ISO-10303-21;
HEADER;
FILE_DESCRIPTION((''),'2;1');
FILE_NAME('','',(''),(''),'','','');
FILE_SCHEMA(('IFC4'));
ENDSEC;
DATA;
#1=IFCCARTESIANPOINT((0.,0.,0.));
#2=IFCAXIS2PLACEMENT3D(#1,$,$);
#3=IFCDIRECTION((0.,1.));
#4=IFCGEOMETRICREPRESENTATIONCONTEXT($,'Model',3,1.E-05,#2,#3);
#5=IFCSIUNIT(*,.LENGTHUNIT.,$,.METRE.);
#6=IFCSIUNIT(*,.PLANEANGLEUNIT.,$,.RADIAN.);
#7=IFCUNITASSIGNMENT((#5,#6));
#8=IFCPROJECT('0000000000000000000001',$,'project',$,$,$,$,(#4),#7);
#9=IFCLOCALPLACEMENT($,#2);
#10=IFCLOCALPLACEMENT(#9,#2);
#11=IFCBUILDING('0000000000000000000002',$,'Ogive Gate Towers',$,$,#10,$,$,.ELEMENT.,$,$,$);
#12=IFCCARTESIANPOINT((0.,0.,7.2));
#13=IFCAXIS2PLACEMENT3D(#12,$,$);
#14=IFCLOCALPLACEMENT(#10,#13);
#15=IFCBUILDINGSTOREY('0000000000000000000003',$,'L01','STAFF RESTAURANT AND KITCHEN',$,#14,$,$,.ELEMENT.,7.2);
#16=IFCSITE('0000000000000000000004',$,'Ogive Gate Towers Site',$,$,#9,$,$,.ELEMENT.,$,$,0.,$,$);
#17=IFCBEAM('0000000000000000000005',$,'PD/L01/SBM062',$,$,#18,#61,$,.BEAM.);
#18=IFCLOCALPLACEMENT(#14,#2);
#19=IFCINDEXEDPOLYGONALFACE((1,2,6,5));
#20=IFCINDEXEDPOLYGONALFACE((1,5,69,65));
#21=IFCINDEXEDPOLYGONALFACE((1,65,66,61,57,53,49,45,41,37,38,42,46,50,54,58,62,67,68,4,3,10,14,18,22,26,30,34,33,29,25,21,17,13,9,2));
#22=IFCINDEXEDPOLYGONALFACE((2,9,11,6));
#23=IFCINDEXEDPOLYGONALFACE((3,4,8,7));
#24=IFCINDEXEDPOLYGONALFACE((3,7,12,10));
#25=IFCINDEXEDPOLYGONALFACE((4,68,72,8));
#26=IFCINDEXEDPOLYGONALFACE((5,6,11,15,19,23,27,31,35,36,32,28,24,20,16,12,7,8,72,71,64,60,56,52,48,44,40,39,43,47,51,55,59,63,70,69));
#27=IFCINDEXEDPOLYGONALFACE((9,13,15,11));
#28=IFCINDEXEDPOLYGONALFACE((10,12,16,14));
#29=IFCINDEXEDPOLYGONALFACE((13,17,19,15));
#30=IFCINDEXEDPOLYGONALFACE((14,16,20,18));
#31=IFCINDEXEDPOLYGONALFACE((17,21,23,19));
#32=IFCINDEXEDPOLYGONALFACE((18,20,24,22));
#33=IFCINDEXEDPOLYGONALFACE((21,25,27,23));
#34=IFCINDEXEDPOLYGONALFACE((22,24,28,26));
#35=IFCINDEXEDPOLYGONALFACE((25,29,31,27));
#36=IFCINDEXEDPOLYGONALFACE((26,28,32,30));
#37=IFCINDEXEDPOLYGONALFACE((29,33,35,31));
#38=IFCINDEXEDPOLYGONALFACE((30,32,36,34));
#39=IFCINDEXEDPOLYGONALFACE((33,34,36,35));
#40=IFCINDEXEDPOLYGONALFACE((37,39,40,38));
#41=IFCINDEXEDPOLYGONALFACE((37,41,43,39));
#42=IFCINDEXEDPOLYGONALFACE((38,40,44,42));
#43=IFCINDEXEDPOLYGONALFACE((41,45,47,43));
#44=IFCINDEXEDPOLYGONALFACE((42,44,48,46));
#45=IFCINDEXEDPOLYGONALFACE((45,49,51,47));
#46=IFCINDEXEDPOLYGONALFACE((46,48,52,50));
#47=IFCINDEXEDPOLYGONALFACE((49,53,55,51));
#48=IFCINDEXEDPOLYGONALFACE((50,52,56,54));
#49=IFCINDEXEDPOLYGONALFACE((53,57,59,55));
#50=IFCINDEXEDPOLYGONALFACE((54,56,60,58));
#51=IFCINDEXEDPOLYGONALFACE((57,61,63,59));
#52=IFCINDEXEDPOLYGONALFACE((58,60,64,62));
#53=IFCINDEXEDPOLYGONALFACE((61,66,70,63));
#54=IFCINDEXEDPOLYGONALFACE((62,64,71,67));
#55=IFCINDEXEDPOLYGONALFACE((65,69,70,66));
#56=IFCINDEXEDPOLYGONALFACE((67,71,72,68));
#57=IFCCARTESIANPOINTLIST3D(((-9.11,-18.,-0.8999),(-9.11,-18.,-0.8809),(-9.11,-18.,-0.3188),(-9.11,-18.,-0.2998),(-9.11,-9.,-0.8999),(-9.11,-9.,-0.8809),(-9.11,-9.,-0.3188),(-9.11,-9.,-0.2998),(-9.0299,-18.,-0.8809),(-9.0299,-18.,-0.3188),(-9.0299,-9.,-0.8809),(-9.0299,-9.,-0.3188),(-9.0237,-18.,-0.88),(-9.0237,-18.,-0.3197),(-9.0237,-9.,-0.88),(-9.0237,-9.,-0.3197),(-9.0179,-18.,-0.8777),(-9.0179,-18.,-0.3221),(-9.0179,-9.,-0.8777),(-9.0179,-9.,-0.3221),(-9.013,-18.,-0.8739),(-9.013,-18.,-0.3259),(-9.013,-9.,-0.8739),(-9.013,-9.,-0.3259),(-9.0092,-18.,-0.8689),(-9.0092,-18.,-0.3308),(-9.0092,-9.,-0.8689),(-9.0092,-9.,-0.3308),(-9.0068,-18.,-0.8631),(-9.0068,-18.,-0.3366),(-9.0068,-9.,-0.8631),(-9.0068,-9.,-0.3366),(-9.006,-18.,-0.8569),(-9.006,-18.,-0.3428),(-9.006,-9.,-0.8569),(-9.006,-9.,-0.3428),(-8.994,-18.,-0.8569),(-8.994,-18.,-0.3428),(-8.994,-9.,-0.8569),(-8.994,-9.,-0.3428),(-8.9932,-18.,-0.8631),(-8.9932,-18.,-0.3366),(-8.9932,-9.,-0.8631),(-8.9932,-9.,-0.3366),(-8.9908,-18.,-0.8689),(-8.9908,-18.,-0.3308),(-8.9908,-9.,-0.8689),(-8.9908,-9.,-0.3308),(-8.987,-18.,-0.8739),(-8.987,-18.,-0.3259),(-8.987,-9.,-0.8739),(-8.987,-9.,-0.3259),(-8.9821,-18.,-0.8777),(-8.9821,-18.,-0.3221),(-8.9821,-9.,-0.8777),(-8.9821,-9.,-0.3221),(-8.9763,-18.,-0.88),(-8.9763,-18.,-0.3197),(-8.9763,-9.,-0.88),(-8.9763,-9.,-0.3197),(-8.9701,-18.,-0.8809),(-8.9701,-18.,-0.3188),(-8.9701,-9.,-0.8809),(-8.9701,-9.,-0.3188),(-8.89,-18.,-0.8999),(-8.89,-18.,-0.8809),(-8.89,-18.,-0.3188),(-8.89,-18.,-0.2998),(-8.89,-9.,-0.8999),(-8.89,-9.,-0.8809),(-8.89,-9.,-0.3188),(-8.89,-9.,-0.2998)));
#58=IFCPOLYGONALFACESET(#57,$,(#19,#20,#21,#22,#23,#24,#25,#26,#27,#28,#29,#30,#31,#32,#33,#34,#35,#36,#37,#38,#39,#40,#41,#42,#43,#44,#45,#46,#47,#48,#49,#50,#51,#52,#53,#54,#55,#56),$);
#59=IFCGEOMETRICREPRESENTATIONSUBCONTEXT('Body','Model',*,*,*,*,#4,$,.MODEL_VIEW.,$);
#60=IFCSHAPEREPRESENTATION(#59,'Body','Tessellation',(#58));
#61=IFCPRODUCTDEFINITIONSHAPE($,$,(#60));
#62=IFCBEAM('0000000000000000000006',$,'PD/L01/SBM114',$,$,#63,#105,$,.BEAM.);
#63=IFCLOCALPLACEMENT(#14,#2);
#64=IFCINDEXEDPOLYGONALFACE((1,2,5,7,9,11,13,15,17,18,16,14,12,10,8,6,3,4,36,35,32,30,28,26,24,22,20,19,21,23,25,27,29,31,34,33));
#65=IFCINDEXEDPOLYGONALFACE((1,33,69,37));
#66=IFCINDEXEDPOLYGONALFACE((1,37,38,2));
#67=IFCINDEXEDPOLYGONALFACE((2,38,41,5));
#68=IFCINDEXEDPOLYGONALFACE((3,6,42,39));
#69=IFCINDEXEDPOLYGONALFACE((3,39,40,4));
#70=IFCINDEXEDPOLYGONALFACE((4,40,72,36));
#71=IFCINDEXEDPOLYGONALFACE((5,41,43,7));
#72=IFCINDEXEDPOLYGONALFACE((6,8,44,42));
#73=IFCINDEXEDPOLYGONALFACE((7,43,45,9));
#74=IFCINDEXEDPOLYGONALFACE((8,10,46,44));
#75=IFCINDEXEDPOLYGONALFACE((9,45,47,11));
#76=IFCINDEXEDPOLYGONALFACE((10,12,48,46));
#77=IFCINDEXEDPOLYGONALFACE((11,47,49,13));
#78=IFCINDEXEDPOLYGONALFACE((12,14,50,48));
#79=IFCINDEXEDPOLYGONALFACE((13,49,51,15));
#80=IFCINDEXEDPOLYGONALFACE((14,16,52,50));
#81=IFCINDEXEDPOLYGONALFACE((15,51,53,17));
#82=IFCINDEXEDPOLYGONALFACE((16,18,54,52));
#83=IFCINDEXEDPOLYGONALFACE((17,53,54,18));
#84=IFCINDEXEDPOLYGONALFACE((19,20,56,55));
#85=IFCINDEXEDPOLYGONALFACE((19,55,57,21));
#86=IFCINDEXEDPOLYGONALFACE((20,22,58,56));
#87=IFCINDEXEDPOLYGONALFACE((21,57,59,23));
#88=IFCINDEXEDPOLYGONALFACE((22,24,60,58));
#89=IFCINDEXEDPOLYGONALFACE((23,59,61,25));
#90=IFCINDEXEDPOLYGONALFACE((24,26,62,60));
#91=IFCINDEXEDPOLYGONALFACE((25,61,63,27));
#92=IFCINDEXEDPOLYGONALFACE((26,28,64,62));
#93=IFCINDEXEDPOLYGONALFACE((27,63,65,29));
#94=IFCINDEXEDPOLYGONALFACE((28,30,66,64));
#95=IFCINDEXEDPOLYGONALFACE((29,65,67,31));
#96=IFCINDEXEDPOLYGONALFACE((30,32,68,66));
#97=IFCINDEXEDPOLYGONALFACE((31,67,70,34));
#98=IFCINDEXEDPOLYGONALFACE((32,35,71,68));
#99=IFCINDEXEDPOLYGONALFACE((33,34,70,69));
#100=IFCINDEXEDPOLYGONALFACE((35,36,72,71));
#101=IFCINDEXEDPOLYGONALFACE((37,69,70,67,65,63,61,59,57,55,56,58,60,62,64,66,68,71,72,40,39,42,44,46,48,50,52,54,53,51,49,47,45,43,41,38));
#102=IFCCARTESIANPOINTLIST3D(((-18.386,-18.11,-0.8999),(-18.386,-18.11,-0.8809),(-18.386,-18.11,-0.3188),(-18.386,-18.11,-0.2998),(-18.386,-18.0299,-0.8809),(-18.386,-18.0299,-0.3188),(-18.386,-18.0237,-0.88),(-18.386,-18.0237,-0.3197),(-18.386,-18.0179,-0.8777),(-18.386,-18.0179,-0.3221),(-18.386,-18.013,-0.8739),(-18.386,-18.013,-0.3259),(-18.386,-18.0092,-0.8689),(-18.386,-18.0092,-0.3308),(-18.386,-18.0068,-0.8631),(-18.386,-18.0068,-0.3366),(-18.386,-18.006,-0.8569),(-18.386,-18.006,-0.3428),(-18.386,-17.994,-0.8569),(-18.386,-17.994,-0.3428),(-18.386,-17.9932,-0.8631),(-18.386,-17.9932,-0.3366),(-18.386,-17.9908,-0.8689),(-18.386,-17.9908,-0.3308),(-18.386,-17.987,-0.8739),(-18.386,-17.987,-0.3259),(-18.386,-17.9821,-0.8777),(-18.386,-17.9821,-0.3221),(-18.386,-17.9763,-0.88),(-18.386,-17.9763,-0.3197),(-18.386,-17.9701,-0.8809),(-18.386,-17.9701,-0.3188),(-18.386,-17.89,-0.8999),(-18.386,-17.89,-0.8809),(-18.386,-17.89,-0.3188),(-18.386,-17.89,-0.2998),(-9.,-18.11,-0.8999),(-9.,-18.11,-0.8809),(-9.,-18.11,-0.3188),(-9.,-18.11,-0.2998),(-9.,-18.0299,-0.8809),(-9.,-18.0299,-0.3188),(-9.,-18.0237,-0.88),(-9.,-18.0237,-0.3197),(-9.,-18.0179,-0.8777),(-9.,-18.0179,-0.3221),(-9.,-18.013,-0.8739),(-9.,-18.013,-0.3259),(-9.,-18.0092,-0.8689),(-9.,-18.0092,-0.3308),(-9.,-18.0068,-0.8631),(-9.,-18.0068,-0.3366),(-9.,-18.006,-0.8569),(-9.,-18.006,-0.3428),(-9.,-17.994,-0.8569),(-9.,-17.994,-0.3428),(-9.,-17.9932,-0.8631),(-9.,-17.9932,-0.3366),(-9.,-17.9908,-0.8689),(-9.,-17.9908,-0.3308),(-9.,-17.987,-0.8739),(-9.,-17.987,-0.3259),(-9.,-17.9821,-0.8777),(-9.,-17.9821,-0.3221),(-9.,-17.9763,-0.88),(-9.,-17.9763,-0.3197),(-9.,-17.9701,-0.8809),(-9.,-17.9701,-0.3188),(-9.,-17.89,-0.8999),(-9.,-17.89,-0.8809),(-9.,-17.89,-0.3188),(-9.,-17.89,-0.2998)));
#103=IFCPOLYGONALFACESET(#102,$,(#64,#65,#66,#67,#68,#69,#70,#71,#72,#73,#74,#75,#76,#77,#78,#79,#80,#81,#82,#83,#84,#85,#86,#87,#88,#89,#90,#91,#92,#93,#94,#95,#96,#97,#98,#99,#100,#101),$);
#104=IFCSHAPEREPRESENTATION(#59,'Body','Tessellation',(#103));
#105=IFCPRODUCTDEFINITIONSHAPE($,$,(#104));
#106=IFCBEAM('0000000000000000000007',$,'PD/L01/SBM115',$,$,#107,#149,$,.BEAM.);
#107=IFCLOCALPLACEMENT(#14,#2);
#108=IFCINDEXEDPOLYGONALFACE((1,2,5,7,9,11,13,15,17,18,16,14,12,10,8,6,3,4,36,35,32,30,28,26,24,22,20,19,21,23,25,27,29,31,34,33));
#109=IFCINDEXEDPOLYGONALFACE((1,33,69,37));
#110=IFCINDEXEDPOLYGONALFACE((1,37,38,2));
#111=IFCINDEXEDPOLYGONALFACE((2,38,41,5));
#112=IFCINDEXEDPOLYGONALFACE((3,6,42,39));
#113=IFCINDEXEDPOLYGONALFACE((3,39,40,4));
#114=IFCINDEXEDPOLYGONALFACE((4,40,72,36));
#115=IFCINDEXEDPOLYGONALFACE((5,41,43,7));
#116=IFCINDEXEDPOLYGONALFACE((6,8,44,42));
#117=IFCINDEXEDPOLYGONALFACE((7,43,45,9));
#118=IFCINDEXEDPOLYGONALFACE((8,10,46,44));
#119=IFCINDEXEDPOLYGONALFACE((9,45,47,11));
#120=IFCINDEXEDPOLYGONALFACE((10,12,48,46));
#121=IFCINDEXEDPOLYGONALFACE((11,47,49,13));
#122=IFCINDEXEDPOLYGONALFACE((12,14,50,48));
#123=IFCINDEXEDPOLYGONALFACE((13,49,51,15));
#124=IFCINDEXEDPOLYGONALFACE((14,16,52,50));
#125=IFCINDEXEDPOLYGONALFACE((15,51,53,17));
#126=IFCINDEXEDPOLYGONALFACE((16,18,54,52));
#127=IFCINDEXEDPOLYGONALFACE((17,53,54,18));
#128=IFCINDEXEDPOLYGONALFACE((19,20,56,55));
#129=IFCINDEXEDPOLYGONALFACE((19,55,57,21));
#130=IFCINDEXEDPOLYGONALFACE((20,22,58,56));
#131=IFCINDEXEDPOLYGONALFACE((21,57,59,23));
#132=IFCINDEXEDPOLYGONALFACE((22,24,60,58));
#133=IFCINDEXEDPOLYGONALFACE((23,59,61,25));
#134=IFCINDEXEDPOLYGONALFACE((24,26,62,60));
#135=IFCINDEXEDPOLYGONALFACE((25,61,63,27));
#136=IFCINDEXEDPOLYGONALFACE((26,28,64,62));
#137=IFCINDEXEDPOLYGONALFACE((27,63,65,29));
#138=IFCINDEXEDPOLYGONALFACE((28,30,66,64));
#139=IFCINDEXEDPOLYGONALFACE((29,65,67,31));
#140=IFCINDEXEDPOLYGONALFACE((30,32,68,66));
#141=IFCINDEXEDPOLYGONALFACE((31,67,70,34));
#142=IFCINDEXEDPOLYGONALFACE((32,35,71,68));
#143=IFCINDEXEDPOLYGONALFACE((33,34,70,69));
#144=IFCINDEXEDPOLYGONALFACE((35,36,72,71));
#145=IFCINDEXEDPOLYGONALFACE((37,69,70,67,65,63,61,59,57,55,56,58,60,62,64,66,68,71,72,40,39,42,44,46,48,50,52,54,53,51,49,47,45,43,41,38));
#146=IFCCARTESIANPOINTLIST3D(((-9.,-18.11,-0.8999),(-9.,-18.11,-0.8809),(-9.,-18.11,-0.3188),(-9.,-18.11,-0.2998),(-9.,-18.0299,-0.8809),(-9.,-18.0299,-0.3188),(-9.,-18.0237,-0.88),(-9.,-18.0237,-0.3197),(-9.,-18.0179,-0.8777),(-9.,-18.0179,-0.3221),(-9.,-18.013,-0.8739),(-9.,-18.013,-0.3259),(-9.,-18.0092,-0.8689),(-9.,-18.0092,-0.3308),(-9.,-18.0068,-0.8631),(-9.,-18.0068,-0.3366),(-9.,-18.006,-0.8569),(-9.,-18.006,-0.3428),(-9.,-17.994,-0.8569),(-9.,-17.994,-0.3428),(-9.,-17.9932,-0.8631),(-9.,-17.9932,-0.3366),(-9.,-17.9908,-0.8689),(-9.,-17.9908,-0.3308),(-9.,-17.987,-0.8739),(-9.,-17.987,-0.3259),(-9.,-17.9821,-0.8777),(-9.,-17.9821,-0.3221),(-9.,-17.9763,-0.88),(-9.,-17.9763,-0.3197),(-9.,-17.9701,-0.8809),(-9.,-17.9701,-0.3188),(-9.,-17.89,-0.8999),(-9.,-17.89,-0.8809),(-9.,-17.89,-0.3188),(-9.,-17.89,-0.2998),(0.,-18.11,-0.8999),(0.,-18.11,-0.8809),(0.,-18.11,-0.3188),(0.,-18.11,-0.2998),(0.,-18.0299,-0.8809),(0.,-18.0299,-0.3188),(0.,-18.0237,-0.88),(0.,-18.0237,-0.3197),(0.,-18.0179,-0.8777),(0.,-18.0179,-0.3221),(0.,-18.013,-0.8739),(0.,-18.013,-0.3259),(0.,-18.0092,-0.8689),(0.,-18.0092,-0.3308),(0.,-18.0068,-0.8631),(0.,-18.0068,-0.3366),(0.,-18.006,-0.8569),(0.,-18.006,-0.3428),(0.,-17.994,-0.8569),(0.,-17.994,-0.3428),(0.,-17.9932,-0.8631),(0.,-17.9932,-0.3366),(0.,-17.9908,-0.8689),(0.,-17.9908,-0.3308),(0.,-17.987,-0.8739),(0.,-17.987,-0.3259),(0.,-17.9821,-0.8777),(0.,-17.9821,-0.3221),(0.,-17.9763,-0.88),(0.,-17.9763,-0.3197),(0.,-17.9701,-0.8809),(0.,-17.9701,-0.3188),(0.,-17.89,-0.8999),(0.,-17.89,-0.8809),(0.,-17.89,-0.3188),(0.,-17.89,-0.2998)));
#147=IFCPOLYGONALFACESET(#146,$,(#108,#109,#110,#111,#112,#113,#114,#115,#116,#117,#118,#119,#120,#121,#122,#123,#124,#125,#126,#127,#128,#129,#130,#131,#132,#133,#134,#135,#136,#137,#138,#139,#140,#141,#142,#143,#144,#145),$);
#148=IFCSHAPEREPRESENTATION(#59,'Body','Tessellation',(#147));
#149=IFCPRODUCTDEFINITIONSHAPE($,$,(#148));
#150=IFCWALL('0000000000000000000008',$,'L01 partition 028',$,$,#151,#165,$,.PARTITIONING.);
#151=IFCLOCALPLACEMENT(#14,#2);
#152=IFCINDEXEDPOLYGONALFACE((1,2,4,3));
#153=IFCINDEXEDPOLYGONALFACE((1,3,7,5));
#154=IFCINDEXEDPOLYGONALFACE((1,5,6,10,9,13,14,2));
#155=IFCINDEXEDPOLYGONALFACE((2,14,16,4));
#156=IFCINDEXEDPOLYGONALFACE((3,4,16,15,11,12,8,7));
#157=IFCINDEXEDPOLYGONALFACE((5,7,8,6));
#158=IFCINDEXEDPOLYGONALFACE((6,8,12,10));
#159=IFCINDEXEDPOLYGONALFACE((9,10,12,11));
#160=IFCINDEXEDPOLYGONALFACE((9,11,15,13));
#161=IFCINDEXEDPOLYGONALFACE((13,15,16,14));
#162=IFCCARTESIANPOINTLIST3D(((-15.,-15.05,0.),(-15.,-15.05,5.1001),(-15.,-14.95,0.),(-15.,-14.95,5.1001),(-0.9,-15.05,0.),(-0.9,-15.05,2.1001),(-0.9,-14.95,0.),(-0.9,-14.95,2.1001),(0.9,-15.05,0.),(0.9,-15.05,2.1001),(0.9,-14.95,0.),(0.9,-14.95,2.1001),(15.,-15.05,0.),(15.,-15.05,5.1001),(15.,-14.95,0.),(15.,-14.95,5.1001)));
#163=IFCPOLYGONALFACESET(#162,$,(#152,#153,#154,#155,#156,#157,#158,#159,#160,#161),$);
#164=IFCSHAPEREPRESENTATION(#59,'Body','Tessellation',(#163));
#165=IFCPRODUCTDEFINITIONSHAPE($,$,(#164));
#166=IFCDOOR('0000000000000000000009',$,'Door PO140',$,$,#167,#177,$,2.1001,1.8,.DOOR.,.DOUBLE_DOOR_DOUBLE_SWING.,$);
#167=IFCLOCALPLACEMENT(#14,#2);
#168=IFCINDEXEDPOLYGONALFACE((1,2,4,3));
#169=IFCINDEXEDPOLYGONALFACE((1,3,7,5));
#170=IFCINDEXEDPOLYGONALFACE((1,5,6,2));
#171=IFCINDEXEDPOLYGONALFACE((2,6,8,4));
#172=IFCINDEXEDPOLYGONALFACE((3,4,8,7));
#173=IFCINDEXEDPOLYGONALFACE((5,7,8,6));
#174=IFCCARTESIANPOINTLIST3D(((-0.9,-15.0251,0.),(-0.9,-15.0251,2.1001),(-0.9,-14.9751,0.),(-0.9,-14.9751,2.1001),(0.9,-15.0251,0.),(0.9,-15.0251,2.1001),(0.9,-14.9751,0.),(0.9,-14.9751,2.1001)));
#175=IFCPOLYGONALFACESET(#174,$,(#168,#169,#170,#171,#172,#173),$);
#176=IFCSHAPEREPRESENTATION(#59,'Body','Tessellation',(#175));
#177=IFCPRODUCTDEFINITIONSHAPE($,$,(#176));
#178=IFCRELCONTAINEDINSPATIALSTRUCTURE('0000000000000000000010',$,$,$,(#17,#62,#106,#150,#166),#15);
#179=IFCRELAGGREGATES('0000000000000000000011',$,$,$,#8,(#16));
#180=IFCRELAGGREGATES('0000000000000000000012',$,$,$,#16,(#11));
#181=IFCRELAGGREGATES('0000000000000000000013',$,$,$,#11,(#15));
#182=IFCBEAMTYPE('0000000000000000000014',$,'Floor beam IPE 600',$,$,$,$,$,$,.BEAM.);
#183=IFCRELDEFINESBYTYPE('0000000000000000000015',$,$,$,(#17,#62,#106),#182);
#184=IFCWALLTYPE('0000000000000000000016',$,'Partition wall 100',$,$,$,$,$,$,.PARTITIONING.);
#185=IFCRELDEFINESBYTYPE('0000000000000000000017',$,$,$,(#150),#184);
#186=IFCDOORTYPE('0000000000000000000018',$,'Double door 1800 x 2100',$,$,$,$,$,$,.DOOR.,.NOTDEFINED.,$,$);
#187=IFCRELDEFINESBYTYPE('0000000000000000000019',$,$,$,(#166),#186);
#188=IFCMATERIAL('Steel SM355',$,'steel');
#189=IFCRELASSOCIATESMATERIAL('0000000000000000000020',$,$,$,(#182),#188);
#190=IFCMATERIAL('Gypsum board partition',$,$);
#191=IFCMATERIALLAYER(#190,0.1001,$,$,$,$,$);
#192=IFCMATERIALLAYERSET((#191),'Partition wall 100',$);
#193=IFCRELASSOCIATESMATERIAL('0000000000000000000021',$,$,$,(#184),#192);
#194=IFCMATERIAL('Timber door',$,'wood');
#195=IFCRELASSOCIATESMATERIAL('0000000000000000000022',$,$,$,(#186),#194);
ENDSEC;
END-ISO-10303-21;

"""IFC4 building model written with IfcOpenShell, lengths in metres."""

from ifc_helpers import new_model, si_unit, direction, frame, frame_2d, origin, origin_2d, place, context, subcontext, project, spatial, rectangle, i_section, extrude, material, layer, layer_set, material_profile, profile_set, type_object, element, fill, save


model = new_model("IFC4")

# Units and contexts
model_context = context("Model", 3, precision=1e-05, world=origin(), true_north=direction((0.0, 1.0)))
body_context = subcontext(model_context, "Body", "Model", "MODEL_VIEW")
ifc_project = project(units=[si_unit("LENGTHUNIT", "METRE"), si_unit("PLANEANGLEUNIT", "RADIAN")], contexts=[model_context])

# Site, building, storey
site_placement = place(None, origin())
site = spatial("IfcSite", under=ifc_project, at=site_placement, Name="Ogive Gate Towers Site", CompositionType="ELEMENT", RefElevation=0.0)
building_placement = place(site_placement, origin())
building = spatial("IfcBuilding", under=site, at=building_placement, Name="Ogive Gate Towers", CompositionType="ELEMENT")
storey_placement = place(building_placement, frame((0.0, 0.0, 7.2)))
storey = spatial("IfcBuildingStorey", under=building, at=storey_placement, Name="L01", Description="STAFF RESTAURANT AND KITCHEN", CompositionType="ELEMENT", Elevation=7.2)

# Beams
ifc_material_1 = material(Name="Steel SM355", Category="steel")
ifc_material_profile_1 = material_profile(ifc_material_1, i_section(OverallWidth=0.22, OverallDepth=0.6001, WebThickness=0.012, FlangeThickness=0.019, FilletRadius=0.0239, at=origin_2d()), Name="IPE 600")
ifc_profile_set_1 = profile_set([ifc_material_profile_1], Name="Steel SM355")
beam_type_1 = type_object("IfcBeamType", Name="Floor beam IPE 600", PredefinedType="BEAM", material=ifc_profile_set_1)
beam_1_placement = place(storey_placement, frame((-9.0, -18.0, -0.5999), z_axis=(0.0, 1.0, 0.0), x_axis=(-1.0, 0.0, 0.0)))
element("IfcBeam", 1, at=beam_1_placement, inside=storey, type_object=beam_type_1, Name="PD/L01/SBM062", PredefinedType="BEAM", context=body_context, shape_type="SweptSolid", body=[
    extrude(i_section(OverallWidth=0.22, OverallDepth=0.6001, WebThickness=0.012, FlangeThickness=0.019, FilletRadius=0.0239, at=origin_2d()), origin(), (0.0, 0.0, 1.0), 9.0),
])
beam_2_placement = place(storey_placement, frame((-18.386, -18.0, -0.5999), z_axis=(1.0, 0.0, 0.0), x_axis=(0.0, 1.0, 0.0)))
element("IfcBeam", 2, at=beam_2_placement, inside=storey, type_object=beam_type_1, Name="PD/L01/SBM114", PredefinedType="BEAM", context=body_context, shape_type="SweptSolid", body=[
    extrude(i_section(OverallWidth=0.22, OverallDepth=0.6001, WebThickness=0.012, FlangeThickness=0.019, FilletRadius=0.0239, at=origin_2d()), origin(), (0.0, 0.0, 1.0), 9.386),
])
beam_3_placement = place(storey_placement, frame((-9.0, -18.0, -0.5999), z_axis=(1.0, 0.0, 0.0), x_axis=(0.0, 1.0, 0.0)))
element("IfcBeam", 3, at=beam_3_placement, inside=storey, type_object=beam_type_1, Name="PD/L01/SBM115", PredefinedType="BEAM", context=body_context, shape_type="SweptSolid", body=[
    extrude(i_section(OverallWidth=0.22, OverallDepth=0.6001, WebThickness=0.012, FlangeThickness=0.019, FilletRadius=0.0239, at=origin_2d()), origin(), (0.0, 0.0, 1.0), 9.0),
])

# Wall, opening, door
ifc_material_2 = material(Name="Gypsum board partition")
ifc_layer = layer(ifc_material_2, 0.1001)
ifc_layer_set = layer_set([ifc_layer], Name="Partition wall 100")
wall_type = type_object("IfcWallType", Name="Partition wall 100", PredefinedType="PARTITIONING", material=ifc_layer_set)
wall_1_placement = place(storey_placement, frame((-15.0, -15.0, 0.0), z_axis=(0.0, 0.0, 1.0), x_axis=(1.0, 0.0, 0.0)))
wall_1 = element("IfcWall", 4, at=wall_1_placement, inside=storey, type_object=wall_type, Name="L01 partition 028", PredefinedType="PARTITIONING", context=body_context, shape_type="SweptSolid", body=[
    extrude(rectangle(XDim=30.0, YDim=0.1001, at=frame_2d((15.0, 0.0))), origin(), (0.0, 0.0, 1.0), 5.1001),
])
opening_1_placement = place(wall_1_placement, frame((14.1001, 0.0, 0.0)))
opening_1 = element("IfcOpeningElement", 5, at=opening_1_placement, cuts=wall_1, PredefinedType="OPENING", context=body_context, shape_type="SweptSolid", body=[
    extrude(rectangle(XDim=1.8, YDim=2.1001, at=frame_2d((0.8999, 1.05))), frame((0.0, 0.0601, 0.0), z_axis=(0.0, -1.0, 0.0), x_axis=(1.0, 0.0, 0.0)), (0.0, 0.0, 1.0), 0.1201),
])
ifc_material_3 = material(Name="Timber door", Category="wood")
door_type_1 = type_object("IfcDoorType", Name="Double door 1800 x 2100", OperationType="NOTDEFINED", PredefinedType="DOOR", material=ifc_material_3)
door_1_placement = place(opening_1_placement, origin())
door_1 = element("IfcDoor", 6, at=door_1_placement, inside=storey, type_object=door_type_1, Name="Door PO140", OperationType="DOUBLE_DOOR_DOUBLE_SWING", OverallHeight=2.1001, OverallWidth=1.8, PredefinedType="DOOR", context=body_context, shape_type="SweptSolid", body=[
    extrude(rectangle(XDim=1.8, YDim=2.1001, at=frame_2d((0.8999, 1.05))), frame((0.0, 0.0249, 0.0), z_axis=(0.0, -1.0, 0.0), x_axis=(1.0, 0.0, 0.0)), (0.0, 0.0, 1.0), 0.05),
])
fill(opening_1, door_1)

save(model, "model.ifc")
